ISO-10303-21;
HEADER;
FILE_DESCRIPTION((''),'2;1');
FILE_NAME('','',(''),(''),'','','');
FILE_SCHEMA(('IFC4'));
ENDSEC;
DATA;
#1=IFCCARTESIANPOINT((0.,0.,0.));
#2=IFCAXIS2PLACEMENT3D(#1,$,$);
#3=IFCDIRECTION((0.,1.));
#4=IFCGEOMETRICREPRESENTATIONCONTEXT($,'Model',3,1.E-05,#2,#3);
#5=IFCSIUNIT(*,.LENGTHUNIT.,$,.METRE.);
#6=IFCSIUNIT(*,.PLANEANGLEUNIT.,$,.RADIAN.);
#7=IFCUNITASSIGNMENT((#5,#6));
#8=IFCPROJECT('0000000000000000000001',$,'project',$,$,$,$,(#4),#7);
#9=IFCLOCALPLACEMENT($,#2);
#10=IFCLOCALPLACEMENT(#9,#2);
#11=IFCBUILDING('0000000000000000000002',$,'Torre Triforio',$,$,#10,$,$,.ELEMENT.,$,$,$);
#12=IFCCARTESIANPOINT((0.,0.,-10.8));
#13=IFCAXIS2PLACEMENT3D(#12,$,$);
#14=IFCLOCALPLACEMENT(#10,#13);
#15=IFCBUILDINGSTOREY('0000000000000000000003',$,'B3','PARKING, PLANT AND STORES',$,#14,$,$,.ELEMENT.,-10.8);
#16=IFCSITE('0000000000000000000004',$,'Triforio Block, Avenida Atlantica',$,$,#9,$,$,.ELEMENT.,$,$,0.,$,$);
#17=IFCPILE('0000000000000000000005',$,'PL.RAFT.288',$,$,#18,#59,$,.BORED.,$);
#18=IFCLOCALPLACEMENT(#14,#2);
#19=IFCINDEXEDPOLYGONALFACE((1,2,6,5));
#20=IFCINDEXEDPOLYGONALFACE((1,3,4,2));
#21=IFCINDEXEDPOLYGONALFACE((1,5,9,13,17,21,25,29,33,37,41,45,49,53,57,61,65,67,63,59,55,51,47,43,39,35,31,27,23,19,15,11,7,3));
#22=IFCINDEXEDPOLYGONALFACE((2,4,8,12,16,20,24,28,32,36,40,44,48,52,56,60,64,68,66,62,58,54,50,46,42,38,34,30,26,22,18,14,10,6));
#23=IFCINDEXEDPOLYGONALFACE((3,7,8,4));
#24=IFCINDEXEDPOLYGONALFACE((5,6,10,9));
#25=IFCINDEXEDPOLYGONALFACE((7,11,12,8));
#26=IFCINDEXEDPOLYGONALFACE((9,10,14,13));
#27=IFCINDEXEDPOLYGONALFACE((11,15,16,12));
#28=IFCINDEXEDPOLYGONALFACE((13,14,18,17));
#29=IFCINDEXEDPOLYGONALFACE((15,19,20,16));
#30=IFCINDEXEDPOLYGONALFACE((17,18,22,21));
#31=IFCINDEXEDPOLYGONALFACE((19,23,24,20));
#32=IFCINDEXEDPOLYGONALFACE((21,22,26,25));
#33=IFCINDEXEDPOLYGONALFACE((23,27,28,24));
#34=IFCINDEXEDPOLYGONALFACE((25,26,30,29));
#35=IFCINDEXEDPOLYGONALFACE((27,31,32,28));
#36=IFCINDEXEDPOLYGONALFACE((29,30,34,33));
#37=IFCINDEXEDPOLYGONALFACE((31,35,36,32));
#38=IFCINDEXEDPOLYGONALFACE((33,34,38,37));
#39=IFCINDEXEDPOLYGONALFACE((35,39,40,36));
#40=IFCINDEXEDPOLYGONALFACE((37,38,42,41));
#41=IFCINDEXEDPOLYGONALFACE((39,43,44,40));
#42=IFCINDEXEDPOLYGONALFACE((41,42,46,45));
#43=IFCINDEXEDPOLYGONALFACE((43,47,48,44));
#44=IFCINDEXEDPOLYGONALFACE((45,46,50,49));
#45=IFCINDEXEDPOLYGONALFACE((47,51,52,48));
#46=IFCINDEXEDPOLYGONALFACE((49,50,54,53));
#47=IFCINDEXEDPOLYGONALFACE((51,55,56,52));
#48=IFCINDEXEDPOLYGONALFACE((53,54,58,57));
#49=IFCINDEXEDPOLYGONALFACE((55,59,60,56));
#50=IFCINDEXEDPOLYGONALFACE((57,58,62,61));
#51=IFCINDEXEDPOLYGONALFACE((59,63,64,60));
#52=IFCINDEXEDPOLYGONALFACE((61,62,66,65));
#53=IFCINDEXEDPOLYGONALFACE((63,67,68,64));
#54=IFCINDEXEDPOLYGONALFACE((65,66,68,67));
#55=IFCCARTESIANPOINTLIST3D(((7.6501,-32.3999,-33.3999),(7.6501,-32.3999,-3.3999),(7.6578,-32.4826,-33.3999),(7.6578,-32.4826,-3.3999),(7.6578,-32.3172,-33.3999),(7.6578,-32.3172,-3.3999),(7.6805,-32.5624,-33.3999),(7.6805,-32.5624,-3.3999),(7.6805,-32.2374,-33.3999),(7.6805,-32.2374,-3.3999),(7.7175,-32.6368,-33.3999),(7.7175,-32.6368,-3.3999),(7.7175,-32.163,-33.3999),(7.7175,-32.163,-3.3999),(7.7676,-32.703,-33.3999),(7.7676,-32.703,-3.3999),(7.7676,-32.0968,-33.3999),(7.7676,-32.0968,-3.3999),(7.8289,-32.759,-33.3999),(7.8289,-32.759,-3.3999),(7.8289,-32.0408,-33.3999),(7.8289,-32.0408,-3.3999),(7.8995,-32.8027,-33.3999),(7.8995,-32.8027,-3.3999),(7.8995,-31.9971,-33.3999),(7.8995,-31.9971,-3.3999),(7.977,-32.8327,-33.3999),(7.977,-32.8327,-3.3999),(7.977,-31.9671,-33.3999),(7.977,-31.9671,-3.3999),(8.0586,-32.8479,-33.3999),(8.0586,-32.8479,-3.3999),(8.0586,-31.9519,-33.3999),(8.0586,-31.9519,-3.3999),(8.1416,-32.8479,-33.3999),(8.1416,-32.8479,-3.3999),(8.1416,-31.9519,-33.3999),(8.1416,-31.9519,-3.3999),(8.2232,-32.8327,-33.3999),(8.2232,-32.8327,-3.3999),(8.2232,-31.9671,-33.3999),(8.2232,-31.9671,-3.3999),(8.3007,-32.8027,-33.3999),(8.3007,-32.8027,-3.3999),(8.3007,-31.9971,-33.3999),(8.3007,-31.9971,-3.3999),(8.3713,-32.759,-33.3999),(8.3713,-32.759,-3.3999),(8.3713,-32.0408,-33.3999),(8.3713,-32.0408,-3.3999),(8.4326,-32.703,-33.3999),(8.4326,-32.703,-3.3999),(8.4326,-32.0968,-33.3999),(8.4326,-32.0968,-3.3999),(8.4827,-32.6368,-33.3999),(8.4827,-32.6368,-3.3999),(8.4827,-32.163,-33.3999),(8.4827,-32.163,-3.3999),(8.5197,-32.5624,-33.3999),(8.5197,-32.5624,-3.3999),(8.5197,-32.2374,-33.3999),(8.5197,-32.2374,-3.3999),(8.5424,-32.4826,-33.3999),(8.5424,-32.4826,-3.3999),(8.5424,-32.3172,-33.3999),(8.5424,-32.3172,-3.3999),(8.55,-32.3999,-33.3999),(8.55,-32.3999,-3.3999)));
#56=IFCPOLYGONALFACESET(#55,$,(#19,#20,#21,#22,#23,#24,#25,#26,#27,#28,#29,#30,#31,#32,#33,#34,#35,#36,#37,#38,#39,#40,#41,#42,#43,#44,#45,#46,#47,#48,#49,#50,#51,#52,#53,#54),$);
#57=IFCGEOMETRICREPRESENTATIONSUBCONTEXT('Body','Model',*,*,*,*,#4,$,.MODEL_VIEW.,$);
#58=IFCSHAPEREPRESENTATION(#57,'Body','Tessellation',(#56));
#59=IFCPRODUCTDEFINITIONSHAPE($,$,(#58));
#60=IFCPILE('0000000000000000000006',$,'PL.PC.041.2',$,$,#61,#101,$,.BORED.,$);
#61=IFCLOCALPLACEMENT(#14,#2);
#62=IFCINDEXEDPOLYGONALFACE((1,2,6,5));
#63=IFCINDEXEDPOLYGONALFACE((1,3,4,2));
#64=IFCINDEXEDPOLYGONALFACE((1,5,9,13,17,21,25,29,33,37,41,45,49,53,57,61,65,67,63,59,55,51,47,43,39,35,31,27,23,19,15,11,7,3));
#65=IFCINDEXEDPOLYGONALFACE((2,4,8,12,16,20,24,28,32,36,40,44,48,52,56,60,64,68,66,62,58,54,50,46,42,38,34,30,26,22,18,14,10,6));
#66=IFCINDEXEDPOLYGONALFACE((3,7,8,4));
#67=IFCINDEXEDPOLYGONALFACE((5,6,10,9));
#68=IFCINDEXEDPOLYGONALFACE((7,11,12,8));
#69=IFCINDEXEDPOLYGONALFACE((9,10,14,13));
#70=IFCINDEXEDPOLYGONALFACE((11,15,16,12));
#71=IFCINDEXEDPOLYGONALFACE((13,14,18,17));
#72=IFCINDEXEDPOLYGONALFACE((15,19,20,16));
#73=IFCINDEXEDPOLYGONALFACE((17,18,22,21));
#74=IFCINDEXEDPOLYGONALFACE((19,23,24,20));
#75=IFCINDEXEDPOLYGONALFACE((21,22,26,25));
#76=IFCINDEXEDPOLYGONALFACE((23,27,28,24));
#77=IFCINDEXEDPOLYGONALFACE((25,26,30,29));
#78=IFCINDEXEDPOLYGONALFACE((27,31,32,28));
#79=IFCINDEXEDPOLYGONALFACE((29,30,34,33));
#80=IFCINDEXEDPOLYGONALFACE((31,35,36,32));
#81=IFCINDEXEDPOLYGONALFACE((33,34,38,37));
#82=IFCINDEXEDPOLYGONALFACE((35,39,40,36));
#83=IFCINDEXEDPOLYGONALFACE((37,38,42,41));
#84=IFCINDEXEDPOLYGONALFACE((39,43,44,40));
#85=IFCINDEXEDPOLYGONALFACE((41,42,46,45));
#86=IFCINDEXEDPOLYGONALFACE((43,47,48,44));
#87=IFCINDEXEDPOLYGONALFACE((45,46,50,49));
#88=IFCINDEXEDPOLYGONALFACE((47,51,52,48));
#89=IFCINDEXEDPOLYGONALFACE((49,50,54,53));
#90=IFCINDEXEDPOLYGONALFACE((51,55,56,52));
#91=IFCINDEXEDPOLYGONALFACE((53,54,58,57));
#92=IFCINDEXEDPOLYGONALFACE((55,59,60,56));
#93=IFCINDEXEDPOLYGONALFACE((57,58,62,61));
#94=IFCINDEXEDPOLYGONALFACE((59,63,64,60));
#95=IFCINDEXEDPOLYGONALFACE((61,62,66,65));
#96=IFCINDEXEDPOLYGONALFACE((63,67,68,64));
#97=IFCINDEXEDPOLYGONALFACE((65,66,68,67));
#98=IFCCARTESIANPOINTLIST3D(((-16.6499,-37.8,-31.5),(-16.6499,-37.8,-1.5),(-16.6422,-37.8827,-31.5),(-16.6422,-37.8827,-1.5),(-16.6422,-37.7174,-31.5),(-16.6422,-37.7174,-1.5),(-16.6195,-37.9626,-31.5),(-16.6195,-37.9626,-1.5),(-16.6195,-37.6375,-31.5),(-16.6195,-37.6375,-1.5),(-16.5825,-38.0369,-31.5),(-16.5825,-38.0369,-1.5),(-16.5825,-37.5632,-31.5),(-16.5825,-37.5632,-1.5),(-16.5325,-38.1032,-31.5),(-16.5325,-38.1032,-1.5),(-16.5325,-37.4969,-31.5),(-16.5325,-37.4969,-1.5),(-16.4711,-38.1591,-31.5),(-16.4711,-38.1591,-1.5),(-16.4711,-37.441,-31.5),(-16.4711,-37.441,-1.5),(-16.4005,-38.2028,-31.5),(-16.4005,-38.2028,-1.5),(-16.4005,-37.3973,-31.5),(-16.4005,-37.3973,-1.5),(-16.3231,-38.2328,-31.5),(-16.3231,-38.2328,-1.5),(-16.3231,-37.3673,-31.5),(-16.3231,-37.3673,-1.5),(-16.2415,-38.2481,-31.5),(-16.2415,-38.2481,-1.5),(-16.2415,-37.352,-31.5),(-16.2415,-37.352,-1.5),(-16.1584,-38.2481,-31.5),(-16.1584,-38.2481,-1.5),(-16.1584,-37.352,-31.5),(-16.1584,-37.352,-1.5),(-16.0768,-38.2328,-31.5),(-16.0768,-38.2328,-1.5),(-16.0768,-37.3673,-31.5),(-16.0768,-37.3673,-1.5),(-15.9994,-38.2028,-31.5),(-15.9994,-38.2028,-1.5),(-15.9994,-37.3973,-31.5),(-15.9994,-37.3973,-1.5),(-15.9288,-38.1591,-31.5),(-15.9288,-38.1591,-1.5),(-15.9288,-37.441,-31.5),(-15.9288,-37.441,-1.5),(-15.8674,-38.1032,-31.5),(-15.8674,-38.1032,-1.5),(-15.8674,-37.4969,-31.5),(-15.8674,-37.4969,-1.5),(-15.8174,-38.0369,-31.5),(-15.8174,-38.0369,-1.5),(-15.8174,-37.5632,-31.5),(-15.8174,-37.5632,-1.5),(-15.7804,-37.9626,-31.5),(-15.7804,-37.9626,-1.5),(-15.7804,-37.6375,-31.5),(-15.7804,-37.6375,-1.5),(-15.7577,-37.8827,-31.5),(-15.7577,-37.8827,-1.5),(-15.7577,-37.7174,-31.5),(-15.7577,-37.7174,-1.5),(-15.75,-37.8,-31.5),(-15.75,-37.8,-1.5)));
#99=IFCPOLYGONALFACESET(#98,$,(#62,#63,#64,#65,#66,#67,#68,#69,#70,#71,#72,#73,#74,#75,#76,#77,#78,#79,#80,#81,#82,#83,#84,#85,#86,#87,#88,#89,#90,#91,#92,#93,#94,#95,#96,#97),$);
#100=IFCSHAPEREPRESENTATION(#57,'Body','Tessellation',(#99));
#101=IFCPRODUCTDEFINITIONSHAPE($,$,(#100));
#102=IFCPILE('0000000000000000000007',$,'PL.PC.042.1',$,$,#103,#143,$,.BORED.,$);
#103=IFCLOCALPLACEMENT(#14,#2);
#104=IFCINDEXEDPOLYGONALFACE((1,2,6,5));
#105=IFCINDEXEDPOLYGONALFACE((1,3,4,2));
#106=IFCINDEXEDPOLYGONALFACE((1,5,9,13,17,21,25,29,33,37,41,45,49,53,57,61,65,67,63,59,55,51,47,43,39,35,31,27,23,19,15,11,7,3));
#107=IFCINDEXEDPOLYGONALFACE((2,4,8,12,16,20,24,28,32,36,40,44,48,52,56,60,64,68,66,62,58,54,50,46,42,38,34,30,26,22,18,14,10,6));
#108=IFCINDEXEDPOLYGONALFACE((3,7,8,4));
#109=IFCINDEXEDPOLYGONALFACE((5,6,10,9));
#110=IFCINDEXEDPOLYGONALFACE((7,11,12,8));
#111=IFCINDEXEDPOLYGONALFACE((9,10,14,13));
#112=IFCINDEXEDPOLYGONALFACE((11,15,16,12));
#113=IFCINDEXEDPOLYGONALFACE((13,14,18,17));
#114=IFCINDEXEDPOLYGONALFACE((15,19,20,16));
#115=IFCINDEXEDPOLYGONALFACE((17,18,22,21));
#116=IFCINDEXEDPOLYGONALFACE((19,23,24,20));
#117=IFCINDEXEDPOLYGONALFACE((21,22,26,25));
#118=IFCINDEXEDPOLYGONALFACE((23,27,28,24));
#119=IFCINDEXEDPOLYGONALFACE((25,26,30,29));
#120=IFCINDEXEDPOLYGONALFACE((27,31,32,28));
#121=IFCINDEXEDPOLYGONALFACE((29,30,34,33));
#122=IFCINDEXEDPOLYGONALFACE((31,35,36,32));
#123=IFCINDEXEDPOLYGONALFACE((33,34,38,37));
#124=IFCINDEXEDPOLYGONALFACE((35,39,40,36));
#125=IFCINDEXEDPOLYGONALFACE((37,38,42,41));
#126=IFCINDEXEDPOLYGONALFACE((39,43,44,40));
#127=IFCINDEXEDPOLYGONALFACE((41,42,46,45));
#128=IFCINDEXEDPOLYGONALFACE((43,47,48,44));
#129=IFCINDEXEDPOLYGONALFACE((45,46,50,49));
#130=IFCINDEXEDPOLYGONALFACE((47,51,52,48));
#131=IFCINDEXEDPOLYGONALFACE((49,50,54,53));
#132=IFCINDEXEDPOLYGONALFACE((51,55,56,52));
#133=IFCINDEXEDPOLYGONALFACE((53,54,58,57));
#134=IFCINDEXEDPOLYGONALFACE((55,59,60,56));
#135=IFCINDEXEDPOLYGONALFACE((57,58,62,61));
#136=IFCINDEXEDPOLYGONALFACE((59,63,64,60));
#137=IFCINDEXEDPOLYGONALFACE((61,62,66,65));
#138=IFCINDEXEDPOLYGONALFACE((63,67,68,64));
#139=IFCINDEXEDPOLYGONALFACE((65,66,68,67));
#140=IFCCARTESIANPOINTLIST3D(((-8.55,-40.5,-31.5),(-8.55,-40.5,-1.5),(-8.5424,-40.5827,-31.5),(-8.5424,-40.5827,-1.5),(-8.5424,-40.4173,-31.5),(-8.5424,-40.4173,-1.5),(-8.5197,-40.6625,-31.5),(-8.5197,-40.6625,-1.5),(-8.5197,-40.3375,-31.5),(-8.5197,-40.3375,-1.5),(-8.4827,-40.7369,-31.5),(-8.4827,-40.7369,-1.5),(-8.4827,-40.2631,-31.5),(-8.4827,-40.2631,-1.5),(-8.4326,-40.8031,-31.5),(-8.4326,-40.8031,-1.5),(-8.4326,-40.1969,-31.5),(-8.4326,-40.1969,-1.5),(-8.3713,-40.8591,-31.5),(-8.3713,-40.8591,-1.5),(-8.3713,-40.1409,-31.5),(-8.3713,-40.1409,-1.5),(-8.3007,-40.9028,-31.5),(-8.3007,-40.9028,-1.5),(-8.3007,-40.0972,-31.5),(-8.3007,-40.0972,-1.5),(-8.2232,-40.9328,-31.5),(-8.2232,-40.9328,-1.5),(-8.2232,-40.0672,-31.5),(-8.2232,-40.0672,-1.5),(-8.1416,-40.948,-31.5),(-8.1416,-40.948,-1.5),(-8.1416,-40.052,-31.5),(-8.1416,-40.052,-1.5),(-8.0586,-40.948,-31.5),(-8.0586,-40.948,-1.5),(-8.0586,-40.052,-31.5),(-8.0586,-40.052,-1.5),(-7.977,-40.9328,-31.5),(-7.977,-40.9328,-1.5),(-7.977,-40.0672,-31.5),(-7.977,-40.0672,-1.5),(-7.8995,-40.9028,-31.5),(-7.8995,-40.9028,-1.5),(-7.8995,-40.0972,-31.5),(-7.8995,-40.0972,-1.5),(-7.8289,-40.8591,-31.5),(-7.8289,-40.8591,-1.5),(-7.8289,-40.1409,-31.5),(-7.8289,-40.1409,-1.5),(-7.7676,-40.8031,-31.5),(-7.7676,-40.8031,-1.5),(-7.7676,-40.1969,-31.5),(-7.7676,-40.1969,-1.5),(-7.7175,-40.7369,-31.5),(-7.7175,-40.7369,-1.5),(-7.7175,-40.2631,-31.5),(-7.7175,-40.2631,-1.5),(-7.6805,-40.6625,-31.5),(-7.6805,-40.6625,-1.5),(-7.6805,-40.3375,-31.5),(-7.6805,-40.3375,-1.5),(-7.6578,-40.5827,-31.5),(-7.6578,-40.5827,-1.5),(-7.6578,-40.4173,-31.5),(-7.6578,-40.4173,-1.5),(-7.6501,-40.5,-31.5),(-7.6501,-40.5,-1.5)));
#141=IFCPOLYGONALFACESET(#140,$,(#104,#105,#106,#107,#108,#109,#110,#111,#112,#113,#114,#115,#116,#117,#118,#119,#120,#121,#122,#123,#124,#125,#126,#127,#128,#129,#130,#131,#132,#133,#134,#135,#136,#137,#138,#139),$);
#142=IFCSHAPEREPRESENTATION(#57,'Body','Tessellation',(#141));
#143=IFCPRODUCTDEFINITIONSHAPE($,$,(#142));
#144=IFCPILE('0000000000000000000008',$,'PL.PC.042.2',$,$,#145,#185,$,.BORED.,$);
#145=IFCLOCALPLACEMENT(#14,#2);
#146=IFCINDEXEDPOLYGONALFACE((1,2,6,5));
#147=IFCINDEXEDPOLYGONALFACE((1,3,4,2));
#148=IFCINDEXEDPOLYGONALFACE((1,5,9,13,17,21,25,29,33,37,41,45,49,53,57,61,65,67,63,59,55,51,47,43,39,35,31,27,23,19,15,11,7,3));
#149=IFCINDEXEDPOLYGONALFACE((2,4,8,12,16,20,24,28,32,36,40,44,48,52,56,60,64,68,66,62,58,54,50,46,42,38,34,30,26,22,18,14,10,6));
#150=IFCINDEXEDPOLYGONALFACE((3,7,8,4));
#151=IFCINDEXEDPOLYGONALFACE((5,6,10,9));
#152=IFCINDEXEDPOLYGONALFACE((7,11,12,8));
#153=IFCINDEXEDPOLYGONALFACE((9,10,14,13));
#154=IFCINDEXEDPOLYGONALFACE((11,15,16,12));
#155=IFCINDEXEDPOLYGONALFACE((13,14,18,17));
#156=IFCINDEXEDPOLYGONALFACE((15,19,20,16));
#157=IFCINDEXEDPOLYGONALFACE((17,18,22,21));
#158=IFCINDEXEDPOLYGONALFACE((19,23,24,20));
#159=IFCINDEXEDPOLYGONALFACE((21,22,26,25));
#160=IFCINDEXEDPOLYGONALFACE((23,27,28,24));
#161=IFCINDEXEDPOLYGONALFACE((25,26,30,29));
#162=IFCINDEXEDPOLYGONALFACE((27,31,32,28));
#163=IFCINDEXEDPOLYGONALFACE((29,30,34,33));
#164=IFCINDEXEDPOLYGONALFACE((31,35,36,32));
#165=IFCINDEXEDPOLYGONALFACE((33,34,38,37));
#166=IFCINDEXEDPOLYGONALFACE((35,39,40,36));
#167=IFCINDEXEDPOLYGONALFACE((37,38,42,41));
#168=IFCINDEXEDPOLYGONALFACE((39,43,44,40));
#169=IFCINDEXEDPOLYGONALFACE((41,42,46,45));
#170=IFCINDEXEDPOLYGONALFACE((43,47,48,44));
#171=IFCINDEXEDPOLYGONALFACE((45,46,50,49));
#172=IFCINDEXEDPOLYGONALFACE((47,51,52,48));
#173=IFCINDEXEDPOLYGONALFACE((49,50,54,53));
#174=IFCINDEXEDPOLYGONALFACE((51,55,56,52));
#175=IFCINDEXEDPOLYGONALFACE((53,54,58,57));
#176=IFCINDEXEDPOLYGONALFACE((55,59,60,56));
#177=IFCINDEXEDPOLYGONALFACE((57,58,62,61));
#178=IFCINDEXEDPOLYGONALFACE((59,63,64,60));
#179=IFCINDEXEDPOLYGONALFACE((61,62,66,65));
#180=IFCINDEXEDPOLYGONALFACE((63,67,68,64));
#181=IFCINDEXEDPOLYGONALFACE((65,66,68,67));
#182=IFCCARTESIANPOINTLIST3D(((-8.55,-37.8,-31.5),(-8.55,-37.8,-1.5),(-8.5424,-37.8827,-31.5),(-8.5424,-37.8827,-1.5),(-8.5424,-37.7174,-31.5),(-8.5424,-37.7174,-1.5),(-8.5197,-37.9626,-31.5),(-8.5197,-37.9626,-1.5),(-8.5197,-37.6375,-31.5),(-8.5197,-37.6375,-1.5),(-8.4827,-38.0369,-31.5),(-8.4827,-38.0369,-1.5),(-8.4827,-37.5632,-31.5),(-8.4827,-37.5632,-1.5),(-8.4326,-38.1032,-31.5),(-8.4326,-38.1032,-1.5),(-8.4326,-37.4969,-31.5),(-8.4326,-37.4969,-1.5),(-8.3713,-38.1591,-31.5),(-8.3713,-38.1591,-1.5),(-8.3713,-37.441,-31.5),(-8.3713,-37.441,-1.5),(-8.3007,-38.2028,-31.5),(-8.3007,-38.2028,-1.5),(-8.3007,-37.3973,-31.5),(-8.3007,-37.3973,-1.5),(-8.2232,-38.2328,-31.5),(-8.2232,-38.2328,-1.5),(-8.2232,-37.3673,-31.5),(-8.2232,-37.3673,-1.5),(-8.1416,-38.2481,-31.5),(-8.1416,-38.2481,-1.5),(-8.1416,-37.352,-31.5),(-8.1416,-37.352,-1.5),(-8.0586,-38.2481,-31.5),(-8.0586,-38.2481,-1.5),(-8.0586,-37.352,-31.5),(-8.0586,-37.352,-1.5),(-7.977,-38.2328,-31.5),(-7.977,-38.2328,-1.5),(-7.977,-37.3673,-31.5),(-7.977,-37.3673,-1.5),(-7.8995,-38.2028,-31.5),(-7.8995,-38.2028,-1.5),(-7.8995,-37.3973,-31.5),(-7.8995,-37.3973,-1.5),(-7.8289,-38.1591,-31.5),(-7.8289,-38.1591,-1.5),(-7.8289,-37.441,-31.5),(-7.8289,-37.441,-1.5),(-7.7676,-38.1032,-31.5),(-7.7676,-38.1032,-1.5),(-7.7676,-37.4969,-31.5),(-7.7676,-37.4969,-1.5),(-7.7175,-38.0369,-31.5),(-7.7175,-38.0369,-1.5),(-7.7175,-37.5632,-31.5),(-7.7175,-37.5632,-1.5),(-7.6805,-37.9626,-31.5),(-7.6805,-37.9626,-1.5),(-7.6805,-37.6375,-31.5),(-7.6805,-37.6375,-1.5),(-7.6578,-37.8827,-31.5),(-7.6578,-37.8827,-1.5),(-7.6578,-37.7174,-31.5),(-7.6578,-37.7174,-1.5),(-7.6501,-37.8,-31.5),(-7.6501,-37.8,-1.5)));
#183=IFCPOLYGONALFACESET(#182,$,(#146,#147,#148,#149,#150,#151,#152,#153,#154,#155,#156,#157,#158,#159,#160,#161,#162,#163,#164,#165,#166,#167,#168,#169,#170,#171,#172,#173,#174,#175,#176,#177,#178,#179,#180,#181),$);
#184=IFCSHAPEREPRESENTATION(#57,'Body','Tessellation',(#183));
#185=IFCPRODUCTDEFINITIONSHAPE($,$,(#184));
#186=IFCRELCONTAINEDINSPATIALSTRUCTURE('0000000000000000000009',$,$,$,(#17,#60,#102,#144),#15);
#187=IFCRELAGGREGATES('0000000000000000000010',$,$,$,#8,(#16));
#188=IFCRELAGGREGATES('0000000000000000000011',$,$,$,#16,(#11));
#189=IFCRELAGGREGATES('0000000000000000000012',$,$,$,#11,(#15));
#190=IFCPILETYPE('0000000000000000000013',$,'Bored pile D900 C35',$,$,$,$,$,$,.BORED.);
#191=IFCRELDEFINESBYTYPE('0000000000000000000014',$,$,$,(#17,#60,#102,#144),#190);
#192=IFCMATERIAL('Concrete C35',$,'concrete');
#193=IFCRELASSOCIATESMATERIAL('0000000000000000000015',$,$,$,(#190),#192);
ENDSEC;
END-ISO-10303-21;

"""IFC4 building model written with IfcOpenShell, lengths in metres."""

from ifc_helpers import new_model, si_unit, direction, frame, origin, origin_2d, place, context, subcontext, project, spatial, circle, extrude, material, material_profile, profile_set, type_object, element, save


model = new_model("IFC4")

# Units and contexts
model_context = context("Model", 3, precision=1e-05, world=origin(), true_north=direction((0.0, 1.0)))
body_context = subcontext(model_context, "Body", "Model", "MODEL_VIEW")
ifc_project = project(units=[si_unit("LENGTHUNIT", "METRE"), si_unit("PLANEANGLEUNIT", "RADIAN")], contexts=[model_context])

# Site, building, storey
site_placement = place(None, origin())
site = spatial("IfcSite", under=ifc_project, at=site_placement, Name="Triforio Block, Avenida Atlantica", CompositionType="ELEMENT", RefElevation=0.0)
building_placement = place(site_placement, origin())
building = spatial("IfcBuilding", under=site, at=building_placement, Name="Torre Triforio", CompositionType="ELEMENT")
storey_placement = place(building_placement, frame((0.0, 0.0, -10.8)))
storey = spatial("IfcBuildingStorey", under=building, at=storey_placement, Name="B3", Description="PARKING, PLANT AND STORES", CompositionType="ELEMENT", Elevation=-10.8)

# Piles
ifc_material_1 = material(Name="Concrete C35", Category="concrete")
ifc_material_profile_1 = material_profile(ifc_material_1, circle(Radius=0.45, at=origin_2d()), Name="RC D900")
ifc_profile_set_1 = profile_set([ifc_material_profile_1], Name="Concrete C35")
pile_type = type_object("IfcPileType", Name="Bored pile D900 C35", PredefinedType="BORED", material=ifc_profile_set_1)
for number, where, z_axis, x_axis, name in (
    (1, (8.1001, -32.3999, -3.3999), (0.0, 0.0, -1.0), (1.0, 0.0, 0.0), "PL.RAFT.288"),
    (2, (-16.2, -37.8, -1.5), (0.0, 0.0, -1.0), (1.0, 0.0, 0.0), "PL.PC.041.2"),
    (3, (-8.1001, -40.5, -1.5), (0.0, 0.0, -1.0), (1.0, 0.0, 0.0), "PL.PC.042.1"),
    (4, (-8.1001, -37.8, -1.5), (0.0, 0.0, -1.0), (1.0, 0.0, 0.0), "PL.PC.042.2"),
):
    element("IfcPile", number, at=place(storey_placement, frame(where, z_axis=z_axis, x_axis=x_axis)), inside=storey, type_object=pile_type, Name=name, PredefinedType="BORED", context=body_context, shape_type="SweptSolid", body=[
        extrude(circle(Radius=0.45, at=origin_2d()), origin(), (0.0, 0.0, 1.0), 30.0),
    ])

save(model, "model.ifc")
